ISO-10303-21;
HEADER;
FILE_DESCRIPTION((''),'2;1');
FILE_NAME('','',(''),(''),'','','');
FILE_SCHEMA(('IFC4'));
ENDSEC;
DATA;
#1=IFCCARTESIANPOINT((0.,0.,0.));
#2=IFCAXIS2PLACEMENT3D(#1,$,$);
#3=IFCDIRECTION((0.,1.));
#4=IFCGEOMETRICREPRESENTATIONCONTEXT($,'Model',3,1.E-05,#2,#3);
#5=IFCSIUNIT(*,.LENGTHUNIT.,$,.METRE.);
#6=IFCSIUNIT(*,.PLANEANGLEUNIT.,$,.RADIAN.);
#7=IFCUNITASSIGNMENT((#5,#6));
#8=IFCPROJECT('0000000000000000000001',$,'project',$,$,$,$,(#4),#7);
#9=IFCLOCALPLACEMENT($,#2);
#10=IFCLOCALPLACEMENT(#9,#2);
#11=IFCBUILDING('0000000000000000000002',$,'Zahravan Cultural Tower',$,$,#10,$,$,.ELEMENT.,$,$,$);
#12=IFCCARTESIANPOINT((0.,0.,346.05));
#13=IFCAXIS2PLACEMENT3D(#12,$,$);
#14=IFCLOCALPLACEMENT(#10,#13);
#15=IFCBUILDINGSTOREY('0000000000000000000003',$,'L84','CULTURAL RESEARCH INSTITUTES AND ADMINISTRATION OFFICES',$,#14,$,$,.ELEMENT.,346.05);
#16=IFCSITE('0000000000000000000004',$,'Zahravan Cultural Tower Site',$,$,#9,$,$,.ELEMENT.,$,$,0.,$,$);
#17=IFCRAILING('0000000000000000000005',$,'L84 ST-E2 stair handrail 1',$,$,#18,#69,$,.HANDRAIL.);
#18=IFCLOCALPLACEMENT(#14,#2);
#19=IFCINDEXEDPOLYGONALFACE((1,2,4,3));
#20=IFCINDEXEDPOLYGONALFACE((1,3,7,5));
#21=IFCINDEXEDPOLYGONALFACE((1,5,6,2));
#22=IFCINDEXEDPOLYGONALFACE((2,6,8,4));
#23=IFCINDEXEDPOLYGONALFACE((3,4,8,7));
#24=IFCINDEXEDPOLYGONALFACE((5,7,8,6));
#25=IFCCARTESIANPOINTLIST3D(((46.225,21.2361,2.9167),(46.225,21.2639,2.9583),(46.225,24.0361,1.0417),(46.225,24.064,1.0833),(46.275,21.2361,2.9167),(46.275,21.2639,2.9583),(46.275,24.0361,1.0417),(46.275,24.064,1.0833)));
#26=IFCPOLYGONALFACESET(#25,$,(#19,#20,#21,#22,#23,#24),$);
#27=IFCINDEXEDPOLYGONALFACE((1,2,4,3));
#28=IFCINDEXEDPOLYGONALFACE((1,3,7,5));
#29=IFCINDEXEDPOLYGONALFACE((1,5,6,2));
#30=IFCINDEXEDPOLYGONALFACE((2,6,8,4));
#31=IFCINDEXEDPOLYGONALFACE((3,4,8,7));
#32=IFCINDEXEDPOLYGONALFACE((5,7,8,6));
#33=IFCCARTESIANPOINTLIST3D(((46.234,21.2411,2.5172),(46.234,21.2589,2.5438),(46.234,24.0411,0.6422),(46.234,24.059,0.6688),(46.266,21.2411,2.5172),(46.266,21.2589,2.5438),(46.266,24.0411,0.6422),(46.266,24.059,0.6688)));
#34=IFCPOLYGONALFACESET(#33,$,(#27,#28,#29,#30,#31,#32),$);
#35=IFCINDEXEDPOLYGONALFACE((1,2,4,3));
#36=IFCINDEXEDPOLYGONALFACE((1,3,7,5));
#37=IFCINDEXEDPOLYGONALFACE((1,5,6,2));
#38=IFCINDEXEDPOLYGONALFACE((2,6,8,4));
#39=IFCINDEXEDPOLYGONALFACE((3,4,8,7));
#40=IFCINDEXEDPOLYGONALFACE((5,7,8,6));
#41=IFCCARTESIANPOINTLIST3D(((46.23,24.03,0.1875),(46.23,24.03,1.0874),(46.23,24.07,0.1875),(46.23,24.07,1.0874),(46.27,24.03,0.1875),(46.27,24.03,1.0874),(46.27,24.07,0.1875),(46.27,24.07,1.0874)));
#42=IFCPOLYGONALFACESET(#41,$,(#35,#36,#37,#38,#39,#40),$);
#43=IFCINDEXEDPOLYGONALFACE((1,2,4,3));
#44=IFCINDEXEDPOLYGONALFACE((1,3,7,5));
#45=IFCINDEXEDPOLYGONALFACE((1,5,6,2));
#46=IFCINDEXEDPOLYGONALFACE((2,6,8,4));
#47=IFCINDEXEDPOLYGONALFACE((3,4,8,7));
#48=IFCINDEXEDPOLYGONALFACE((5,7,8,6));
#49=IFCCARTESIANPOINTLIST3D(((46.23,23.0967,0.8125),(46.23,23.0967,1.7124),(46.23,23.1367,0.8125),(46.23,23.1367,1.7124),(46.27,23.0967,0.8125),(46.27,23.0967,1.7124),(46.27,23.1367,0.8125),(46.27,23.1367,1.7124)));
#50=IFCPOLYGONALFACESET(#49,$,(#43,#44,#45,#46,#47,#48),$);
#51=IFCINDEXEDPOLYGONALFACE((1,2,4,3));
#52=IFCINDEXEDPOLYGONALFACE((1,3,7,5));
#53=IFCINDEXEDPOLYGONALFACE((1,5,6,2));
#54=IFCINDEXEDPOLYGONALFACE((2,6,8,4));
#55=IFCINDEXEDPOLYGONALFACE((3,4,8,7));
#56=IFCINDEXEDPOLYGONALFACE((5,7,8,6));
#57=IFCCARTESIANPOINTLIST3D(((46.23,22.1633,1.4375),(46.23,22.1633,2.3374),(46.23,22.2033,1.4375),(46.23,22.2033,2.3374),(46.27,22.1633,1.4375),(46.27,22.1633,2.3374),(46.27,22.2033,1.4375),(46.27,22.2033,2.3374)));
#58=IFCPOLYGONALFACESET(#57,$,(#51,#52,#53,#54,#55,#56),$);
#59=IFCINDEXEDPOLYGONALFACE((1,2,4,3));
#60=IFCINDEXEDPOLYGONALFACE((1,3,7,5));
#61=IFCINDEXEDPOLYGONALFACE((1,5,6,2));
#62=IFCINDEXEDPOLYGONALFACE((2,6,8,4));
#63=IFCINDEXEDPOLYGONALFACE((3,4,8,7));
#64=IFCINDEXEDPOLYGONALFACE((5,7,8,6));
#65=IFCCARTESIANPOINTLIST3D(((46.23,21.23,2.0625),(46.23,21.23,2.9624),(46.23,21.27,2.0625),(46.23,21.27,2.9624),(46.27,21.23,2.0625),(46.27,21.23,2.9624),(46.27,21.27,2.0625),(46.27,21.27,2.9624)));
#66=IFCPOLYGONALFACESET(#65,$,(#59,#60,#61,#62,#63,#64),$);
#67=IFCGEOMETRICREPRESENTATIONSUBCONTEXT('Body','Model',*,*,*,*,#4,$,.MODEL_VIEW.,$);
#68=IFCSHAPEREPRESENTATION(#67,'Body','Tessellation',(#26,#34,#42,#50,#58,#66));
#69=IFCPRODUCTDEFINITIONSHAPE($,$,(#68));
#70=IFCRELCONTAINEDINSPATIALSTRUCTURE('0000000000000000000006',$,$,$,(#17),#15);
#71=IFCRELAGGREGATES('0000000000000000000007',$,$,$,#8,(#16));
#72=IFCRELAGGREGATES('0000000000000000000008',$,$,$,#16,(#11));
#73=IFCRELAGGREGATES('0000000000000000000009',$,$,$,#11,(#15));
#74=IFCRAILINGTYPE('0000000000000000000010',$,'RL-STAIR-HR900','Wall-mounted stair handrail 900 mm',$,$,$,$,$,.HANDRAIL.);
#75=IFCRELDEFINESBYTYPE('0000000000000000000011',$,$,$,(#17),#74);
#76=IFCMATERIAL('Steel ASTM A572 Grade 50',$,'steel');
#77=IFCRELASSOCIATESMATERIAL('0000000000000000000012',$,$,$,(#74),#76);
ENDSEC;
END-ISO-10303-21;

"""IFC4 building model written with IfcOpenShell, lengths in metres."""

from ifc_helpers import new_model, si_unit, direction, frame, origin, origin_2d, place, context, subcontext, project, spatial, rectangle, extrude, material, type_object, element, save


model = new_model("IFC4")

# Units and contexts
model_context = context("Model", 3, precision=1e-05, world=origin(), true_north=direction((0.0, 1.0)))
body_context = subcontext(model_context, "Body", "Model", "MODEL_VIEW")
ifc_project = project(units=[si_unit("LENGTHUNIT", "METRE"), si_unit("PLANEANGLEUNIT", "RADIAN")], contexts=[model_context])

# Site, building, storey
site_placement = place(None, origin())
site = spatial("IfcSite", under=ifc_project, at=site_placement, Name="Zahravan Cultural Tower Site", CompositionType="ELEMENT", RefElevation=0.0)
building_placement = place(site_placement, origin())
building = spatial("IfcBuilding", under=site, at=building_placement, Name="Zahravan Cultural Tower", CompositionType="ELEMENT")
storey_placement = place(building_placement, frame((0.0, 0.0, 346.05)))
storey = spatial("IfcBuildingStorey", under=building, at=storey_placement, Name="L84", Description="CULTURAL RESEARCH INSTITUTES AND ADMINISTRATION OFFICES", CompositionType="ELEMENT", Elevation=346.05)

# Shared definitions
ifc_material_1 = material(Name="Steel ASTM A572 Grade 50", Category="steel")

# Railing
railing_type_1 = type_object("IfcRailingType", Name="RL-STAIR-HR900", Description="Wall-mounted stair handrail 900 mm", PredefinedType="HANDRAIL", material=ifc_material_1)
railing_1_placement = place(storey_placement, frame((46.25, 24.05, 0.1875)))
element("IfcRailing", 1, at=railing_1_placement, inside=storey, type_object=railing_type_1, Name="L84 ST-E2 stair handrail 1", PredefinedType="HANDRAIL", context=body_context, shape_type="SweptSolid", body=[
    extrude(rectangle(XDim=0.05, YDim=0.05, at=origin_2d()), frame((0.0, 0.0, 0.875), z_axis=(0.0, -0.830912, 0.556404), x_axis=(1.0, 0.0, 0.0)), (0.0, 0.0, 1.0), 3.3699),
    extrude(rectangle(XDim=0.032, YDim=0.032, at=origin_2d()), frame((0.0, 0.0, 0.468), z_axis=(0.0, -0.830912, 0.556404), x_axis=(1.0, 0.0, 0.0)), (0.0, 0.0, 1.0), 3.3699),
    extrude(rectangle(XDim=0.04, YDim=0.04, at=origin_2d()), origin(), (0.0, 0.0, 1.0), 0.8999),
    extrude(rectangle(XDim=0.04, YDim=0.04, at=origin_2d()), frame((0.0, -0.9333, 0.625)), (0.0, 0.0, 1.0), 0.8999),
    extrude(rectangle(XDim=0.04, YDim=0.04, at=origin_2d()), frame((0.0, -1.8667, 1.25)), (0.0, 0.0, 1.0), 0.8999),
    extrude(rectangle(XDim=0.04, YDim=0.04, at=origin_2d()), frame((0.0, -2.8, 1.875)), (0.0, 0.0, 1.0), 0.8999),
])

save(model, "model.ifc")
